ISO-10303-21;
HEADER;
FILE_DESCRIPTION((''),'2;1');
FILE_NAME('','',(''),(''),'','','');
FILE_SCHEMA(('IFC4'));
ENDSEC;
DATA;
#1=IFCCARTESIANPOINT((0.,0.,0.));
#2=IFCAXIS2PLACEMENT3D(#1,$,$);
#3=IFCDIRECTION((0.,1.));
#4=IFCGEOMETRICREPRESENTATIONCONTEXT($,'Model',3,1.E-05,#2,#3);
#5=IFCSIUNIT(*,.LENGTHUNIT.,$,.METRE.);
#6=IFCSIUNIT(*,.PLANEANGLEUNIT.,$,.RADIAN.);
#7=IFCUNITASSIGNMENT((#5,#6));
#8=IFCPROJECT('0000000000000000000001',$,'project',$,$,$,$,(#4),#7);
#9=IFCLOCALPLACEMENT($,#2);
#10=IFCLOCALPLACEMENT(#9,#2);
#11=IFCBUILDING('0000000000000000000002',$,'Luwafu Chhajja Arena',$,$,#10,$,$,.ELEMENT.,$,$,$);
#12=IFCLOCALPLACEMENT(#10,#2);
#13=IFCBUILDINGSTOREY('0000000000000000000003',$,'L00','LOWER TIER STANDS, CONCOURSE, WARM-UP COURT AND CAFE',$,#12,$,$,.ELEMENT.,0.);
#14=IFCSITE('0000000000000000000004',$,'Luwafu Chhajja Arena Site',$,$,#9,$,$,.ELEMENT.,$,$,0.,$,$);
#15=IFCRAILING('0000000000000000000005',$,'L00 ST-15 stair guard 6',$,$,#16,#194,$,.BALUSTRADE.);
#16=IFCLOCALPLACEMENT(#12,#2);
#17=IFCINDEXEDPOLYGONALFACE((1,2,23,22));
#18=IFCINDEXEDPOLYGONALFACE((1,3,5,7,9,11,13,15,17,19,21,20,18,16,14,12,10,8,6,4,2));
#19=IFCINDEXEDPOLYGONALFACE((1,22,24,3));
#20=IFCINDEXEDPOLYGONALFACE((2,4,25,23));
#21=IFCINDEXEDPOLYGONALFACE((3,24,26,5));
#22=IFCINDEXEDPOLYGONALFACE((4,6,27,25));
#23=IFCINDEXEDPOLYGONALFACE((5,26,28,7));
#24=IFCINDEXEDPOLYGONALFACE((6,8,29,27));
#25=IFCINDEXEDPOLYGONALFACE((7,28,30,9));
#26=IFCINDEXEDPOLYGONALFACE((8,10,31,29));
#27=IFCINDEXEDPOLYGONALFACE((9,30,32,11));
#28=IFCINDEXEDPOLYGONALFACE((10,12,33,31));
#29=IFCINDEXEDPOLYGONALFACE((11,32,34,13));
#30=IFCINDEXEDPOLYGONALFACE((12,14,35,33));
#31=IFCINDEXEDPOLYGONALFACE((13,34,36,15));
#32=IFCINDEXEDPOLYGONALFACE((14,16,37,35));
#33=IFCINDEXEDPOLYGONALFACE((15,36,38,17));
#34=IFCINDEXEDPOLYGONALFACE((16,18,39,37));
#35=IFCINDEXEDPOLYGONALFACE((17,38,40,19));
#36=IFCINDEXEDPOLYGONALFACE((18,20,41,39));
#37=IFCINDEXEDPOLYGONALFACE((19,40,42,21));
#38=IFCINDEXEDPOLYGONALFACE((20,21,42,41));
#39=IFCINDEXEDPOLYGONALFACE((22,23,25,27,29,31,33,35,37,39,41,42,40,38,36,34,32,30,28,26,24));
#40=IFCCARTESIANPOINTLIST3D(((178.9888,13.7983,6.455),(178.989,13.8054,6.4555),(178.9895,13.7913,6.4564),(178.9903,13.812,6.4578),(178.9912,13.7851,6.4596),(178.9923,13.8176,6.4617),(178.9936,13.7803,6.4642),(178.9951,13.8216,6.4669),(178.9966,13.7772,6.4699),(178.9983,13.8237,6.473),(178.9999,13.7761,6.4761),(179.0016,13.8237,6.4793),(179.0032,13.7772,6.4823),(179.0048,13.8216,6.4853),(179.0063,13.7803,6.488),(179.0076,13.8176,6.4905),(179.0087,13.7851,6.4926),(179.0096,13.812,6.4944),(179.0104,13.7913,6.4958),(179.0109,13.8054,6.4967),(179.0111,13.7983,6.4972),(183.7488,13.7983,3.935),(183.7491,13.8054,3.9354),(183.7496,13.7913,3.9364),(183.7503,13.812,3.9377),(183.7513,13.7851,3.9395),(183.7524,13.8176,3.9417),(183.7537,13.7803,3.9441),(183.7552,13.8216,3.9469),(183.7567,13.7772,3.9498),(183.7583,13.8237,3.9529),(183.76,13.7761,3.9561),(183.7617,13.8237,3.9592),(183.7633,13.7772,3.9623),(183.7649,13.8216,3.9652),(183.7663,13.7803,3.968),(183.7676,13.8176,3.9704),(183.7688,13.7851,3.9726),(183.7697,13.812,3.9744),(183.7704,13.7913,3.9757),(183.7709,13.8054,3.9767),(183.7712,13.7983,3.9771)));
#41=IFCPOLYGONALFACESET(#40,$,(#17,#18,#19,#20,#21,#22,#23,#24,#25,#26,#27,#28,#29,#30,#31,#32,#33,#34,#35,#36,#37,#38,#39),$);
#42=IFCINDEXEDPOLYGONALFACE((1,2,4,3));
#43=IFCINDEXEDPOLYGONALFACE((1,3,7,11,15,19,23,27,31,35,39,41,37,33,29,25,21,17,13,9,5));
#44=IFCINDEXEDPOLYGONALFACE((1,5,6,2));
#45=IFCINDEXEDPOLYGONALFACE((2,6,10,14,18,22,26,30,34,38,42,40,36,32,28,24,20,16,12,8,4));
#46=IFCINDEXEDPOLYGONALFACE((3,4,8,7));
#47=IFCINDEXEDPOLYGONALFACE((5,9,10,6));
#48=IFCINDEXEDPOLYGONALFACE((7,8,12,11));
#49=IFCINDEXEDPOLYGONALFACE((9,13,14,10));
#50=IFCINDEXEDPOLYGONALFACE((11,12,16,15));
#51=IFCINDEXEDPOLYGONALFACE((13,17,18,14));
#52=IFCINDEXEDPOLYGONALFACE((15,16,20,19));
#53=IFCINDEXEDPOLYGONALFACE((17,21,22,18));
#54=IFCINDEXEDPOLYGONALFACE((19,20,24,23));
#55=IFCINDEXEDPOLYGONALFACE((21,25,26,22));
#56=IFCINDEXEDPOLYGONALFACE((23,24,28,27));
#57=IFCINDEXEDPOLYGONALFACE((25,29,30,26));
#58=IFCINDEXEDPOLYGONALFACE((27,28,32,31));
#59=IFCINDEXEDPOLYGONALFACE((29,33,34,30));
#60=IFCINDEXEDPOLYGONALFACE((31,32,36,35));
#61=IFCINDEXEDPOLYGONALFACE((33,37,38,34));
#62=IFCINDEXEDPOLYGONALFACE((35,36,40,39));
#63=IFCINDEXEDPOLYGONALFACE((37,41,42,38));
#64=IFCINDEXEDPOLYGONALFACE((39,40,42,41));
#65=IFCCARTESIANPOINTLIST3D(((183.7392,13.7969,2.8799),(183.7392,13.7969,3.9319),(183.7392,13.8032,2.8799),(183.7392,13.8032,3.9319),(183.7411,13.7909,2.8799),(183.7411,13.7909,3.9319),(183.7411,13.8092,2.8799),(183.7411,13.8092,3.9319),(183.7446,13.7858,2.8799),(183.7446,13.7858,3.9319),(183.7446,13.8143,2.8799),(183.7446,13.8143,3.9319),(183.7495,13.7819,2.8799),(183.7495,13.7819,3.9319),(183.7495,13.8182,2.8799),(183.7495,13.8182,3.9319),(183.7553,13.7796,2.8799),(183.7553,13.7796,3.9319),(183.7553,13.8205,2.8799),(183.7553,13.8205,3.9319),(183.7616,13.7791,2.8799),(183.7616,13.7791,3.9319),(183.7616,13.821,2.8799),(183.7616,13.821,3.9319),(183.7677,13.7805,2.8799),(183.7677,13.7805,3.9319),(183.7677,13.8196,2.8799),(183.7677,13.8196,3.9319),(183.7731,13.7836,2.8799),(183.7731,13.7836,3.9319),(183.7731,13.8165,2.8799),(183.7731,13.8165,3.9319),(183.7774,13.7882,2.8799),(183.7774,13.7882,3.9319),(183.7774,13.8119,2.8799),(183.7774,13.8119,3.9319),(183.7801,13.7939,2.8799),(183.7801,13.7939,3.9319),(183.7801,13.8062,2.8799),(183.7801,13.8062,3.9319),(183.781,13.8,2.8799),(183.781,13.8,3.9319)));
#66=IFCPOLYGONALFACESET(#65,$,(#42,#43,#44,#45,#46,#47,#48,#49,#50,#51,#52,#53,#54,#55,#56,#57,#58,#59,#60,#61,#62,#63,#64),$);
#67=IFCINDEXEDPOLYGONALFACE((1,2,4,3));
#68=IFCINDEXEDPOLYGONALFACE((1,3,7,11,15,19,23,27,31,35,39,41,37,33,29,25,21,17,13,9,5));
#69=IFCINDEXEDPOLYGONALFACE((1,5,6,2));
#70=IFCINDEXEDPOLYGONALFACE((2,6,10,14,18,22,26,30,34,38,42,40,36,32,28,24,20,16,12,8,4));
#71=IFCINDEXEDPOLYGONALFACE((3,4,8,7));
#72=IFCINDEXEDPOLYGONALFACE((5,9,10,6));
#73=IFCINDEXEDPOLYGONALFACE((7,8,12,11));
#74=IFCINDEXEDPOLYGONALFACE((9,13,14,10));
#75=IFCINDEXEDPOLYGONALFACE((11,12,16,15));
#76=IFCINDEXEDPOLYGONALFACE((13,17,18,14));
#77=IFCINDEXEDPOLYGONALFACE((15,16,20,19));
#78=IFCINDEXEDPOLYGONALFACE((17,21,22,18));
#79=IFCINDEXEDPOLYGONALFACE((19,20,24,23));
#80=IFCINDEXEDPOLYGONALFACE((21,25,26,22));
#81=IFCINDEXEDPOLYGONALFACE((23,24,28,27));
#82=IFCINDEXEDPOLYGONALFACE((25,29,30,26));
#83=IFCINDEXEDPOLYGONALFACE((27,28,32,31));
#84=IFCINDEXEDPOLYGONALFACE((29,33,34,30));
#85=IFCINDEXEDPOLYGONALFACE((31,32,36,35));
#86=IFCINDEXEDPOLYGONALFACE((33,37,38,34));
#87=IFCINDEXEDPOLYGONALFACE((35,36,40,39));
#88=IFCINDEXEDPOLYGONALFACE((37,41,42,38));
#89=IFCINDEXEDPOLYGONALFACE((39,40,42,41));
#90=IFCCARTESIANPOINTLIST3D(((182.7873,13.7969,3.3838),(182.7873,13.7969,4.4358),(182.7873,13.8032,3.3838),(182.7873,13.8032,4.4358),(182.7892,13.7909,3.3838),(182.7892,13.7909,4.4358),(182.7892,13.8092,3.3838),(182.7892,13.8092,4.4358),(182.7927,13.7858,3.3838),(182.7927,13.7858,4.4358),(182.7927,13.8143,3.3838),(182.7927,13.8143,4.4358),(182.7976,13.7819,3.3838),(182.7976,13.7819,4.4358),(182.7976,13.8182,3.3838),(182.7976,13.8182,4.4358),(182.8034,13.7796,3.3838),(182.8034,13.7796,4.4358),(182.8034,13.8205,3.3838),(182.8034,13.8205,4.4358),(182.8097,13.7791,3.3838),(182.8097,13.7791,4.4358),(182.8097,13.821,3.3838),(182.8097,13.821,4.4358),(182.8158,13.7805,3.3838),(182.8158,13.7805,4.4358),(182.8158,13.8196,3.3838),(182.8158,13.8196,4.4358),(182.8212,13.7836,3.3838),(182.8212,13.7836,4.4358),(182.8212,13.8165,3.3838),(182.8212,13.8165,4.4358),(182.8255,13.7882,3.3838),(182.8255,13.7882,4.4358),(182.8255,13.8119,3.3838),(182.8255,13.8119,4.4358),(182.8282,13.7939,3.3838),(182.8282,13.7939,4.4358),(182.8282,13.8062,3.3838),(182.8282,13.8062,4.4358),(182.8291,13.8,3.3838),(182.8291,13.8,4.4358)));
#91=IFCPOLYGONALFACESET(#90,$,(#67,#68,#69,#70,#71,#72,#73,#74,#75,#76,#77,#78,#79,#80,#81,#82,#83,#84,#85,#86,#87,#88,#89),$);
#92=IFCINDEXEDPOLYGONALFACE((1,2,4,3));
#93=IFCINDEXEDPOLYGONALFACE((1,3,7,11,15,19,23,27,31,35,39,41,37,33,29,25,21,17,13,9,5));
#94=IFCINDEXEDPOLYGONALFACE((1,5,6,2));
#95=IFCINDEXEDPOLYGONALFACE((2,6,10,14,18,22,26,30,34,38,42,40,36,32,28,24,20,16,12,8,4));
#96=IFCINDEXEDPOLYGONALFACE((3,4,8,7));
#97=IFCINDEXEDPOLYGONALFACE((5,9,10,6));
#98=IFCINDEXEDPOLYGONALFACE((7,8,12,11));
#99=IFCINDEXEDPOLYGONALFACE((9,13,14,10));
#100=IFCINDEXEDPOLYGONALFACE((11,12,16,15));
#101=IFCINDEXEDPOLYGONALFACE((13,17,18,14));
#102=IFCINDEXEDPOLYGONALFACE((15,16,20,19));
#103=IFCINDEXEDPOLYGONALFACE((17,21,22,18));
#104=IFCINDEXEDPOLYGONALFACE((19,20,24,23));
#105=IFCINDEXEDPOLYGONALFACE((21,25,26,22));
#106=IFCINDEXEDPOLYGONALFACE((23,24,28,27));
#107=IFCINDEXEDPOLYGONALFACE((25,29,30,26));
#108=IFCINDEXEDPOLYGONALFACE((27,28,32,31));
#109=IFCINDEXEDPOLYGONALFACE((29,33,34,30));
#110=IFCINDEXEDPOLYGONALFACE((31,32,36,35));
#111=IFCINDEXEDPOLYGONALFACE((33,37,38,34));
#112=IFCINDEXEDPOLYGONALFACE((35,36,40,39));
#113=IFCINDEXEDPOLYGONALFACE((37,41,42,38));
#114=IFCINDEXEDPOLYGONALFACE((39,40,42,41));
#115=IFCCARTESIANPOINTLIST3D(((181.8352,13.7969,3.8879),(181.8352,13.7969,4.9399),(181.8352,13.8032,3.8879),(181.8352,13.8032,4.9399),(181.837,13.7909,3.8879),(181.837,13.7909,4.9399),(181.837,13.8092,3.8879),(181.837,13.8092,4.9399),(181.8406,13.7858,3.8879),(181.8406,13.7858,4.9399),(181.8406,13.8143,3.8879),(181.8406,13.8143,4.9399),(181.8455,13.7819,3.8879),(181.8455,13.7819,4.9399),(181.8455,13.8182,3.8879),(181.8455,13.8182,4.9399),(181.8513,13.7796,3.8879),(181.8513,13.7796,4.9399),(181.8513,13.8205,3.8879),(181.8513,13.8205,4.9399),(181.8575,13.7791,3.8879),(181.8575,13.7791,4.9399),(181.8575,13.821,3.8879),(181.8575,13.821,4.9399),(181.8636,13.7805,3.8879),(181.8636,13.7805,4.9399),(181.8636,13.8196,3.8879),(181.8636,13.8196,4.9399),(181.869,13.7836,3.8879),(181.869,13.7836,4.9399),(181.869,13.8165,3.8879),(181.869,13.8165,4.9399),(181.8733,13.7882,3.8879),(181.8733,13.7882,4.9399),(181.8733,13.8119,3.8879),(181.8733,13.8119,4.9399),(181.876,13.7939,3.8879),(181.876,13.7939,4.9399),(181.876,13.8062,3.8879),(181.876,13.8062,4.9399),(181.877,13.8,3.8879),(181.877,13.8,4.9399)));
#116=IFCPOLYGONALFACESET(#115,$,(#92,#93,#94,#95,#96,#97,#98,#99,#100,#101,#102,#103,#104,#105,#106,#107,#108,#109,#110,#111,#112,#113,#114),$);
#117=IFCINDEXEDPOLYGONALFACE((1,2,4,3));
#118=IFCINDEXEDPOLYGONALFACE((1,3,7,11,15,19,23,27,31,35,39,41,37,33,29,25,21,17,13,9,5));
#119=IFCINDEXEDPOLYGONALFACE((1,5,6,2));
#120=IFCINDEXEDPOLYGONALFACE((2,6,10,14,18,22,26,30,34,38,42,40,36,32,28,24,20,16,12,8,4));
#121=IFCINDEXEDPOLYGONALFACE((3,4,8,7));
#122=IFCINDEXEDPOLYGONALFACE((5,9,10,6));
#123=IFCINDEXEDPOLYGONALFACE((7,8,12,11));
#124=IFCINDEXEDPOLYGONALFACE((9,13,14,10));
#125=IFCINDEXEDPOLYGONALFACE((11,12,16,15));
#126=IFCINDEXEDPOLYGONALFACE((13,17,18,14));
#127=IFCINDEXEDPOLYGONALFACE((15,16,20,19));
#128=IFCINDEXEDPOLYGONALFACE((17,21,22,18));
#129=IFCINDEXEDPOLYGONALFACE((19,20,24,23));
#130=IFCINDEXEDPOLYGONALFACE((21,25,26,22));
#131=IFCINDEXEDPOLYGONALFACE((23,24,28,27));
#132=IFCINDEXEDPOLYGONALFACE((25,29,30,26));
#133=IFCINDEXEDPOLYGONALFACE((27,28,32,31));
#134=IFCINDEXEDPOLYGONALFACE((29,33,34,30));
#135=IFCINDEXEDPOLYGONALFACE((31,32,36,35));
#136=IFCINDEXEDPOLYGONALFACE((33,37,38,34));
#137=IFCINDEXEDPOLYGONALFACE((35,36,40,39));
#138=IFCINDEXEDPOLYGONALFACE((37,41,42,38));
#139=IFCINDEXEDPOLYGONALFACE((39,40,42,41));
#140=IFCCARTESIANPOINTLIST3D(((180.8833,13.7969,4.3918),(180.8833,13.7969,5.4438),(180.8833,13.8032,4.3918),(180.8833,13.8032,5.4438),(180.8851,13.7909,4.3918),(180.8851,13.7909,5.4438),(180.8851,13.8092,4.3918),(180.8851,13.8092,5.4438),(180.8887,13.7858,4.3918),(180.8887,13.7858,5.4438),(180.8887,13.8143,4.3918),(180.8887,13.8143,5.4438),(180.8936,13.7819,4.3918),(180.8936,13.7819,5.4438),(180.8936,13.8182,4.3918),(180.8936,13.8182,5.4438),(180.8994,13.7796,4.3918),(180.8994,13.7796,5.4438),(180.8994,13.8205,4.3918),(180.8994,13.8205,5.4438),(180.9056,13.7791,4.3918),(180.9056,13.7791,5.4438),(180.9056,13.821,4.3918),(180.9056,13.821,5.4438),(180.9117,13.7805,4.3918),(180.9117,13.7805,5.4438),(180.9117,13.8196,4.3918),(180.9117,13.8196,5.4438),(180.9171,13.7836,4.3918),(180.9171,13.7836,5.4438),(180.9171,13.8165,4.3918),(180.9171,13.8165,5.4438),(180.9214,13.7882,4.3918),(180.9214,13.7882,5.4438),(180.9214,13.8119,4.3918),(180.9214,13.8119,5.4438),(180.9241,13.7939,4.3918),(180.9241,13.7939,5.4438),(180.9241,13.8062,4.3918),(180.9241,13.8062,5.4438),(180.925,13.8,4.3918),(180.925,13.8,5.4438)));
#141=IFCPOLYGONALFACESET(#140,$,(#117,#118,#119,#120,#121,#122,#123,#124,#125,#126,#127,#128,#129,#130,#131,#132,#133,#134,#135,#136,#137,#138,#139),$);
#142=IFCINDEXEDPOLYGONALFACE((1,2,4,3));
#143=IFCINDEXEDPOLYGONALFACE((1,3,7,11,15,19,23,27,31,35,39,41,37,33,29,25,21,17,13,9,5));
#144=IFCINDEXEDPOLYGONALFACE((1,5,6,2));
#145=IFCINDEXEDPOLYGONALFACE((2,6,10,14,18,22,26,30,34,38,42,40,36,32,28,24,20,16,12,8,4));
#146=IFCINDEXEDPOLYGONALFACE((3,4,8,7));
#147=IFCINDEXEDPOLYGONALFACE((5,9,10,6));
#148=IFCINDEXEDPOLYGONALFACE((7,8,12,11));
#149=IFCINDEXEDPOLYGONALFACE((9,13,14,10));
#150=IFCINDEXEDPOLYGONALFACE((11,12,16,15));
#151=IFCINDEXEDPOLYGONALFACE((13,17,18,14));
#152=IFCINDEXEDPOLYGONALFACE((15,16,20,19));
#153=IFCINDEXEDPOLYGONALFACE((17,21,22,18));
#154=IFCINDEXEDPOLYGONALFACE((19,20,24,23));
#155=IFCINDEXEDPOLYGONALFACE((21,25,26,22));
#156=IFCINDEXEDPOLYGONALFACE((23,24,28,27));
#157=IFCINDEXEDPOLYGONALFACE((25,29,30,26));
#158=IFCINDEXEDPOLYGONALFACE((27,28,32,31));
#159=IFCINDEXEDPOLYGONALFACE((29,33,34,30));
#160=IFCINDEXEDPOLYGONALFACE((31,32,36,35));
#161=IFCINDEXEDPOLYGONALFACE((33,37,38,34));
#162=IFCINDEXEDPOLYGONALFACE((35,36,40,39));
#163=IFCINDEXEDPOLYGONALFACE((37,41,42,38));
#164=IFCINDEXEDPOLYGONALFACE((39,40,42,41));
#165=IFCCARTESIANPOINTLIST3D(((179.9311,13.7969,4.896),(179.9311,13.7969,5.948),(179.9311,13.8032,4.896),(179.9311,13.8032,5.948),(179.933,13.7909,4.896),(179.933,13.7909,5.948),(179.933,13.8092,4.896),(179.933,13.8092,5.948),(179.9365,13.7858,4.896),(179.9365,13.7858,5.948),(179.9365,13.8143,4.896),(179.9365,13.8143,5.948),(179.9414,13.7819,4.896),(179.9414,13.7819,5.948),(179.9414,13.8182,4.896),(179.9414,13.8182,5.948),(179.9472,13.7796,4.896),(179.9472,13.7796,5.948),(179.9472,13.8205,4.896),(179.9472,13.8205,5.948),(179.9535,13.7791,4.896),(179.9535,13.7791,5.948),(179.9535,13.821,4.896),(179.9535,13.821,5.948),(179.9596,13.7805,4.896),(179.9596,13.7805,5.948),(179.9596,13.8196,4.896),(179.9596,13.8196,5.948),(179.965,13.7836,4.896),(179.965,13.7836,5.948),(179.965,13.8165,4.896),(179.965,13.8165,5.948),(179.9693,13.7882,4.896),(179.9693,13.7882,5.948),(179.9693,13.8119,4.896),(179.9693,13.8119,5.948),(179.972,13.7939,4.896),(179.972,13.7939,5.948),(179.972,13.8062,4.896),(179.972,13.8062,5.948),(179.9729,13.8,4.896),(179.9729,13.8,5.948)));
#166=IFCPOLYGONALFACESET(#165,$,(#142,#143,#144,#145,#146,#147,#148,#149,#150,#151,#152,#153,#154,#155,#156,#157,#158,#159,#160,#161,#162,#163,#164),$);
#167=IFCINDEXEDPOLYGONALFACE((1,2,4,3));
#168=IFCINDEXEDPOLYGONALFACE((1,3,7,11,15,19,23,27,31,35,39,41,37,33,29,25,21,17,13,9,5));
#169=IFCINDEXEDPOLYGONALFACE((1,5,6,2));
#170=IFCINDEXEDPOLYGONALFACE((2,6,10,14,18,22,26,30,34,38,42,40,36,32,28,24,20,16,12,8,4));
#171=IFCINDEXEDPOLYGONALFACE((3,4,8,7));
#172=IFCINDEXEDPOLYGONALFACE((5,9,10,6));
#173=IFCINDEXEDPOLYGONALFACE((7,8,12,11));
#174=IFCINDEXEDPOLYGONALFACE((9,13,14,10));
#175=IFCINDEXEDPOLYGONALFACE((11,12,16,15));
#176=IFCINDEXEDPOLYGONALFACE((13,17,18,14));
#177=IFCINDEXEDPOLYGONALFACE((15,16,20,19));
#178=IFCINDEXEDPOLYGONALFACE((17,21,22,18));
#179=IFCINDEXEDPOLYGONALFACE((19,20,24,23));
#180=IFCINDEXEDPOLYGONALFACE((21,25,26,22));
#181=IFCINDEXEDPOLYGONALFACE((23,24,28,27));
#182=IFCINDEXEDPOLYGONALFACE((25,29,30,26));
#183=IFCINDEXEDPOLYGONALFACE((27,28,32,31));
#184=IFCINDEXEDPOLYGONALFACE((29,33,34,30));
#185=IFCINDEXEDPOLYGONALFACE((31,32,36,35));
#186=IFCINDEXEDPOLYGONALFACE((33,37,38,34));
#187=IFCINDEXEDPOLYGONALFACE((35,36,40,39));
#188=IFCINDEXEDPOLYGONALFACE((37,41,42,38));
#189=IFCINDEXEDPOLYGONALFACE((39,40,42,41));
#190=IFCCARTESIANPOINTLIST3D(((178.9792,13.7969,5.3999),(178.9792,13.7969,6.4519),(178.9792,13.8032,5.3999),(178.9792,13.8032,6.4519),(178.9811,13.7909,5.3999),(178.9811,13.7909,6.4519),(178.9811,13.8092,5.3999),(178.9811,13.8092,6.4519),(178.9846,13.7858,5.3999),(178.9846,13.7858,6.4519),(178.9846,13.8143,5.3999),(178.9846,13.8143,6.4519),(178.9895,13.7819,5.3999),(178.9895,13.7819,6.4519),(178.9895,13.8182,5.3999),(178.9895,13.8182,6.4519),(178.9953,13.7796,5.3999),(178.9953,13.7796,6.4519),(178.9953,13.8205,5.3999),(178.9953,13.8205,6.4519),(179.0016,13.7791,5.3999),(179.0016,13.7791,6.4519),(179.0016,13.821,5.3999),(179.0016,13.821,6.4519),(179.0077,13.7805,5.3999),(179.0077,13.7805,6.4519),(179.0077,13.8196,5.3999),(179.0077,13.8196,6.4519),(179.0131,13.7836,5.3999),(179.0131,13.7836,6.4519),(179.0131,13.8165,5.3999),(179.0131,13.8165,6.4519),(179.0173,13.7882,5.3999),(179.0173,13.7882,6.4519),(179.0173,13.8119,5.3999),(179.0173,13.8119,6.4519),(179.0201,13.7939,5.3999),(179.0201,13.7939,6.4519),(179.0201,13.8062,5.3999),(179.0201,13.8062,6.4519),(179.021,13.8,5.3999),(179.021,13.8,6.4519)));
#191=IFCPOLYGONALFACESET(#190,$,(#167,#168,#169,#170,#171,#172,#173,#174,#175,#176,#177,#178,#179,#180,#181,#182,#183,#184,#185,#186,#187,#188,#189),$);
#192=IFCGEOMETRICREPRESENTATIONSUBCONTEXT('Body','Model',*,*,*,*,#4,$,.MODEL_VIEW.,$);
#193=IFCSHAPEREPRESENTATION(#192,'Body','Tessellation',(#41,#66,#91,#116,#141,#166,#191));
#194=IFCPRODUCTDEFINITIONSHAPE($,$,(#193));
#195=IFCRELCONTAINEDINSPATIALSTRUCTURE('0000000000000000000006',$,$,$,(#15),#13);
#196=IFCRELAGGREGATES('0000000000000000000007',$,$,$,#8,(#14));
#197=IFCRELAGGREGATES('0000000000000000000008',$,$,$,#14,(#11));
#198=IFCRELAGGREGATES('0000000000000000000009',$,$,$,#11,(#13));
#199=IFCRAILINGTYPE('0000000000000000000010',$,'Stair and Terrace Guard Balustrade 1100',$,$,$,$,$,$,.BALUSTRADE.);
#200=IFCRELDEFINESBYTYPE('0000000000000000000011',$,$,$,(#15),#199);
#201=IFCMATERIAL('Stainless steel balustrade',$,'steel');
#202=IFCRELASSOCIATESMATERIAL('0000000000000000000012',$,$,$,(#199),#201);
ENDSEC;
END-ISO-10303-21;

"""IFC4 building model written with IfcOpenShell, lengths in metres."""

from ifc_helpers import new_model, si_unit, direction, frame, origin, origin_2d, place, context, subcontext, project, spatial, circle, extrude, material, type_object, element, save


model = new_model("IFC4")

# Units and contexts
model_context = context("Model", 3, precision=1e-05, world=origin(), true_north=direction((0.0, 1.0)))
body_context = subcontext(model_context, "Body", "Model", "MODEL_VIEW")
ifc_project = project(units=[si_unit("LENGTHUNIT", "METRE"), si_unit("PLANEANGLEUNIT", "RADIAN")], contexts=[model_context])

# Site, building, storey
site_placement = place(None, origin())
site = spatial("IfcSite", under=ifc_project, at=site_placement, Name="Luwafu Chhajja Arena Site", CompositionType="ELEMENT", RefElevation=0.0)
building_placement = place(site_placement, origin())
building = spatial("IfcBuilding", under=site, at=building_placement, Name="Luwafu Chhajja Arena", CompositionType="ELEMENT")
storey_placement = place(building_placement, origin())
storey = spatial("IfcBuildingStorey", under=building, at=storey_placement, Name="L00", Description="LOWER TIER STANDS, CONCOURSE, WARM-UP COURT AND CAFE", CompositionType="ELEMENT", Elevation=0.0)

# Railing
ifc_material_1 = material(Name="Stainless steel balustrade", Category="steel")
railing_type_1 = type_object("IfcRailingType", Name="Stair and Terrace Guard Balustrade 1100", PredefinedType="BALUSTRADE", material=ifc_material_1)
railing_1_placement = place(storey_placement, frame((183.76, 13.8, 2.8799)))
element("IfcRailing", 1, at=railing_1_placement, inside=storey, type_object=railing_type_1, Name="L00 ST-15 stair guard 6", PredefinedType="BALUSTRADE", context=body_context, shape_type="SweptSolid", body=[
    extrude(circle(Radius=0.0239, at=origin_2d()), frame((0.0, 0.0, 1.0762), z_axis=(-0.883787, 0.0, 0.46789), x_axis=(0.0, -1.0, 0.0)), (0.0, 0.0, 1.0), 5.386),
    extrude(circle(Radius=0.021, at=origin_2d()), origin(), (0.0, 0.0, 1.0), 1.052),
    extrude(circle(Radius=0.021, at=origin_2d()), frame((-0.9519, 0.0, 0.5039)), (0.0, 0.0, 1.0), 1.052),
    extrude(circle(Radius=0.021, at=origin_2d()), frame((-1.9041, 0.0, 1.0081)), (0.0, 0.0, 1.0), 1.052),
    extrude(circle(Radius=0.021, at=origin_2d()), frame((-2.856, 0.0, 1.512)), (0.0, 0.0, 1.0), 1.052),
    extrude(circle(Radius=0.021, at=origin_2d()), frame((-3.8081, 0.0, 2.0161)), (0.0, 0.0, 1.0), 1.052),
    extrude(circle(Radius=0.021, at=origin_2d()), frame((-4.76, 0.0, 2.52)), (0.0, 0.0, 1.0), 1.052),
])

save(model, "model.ifc")
